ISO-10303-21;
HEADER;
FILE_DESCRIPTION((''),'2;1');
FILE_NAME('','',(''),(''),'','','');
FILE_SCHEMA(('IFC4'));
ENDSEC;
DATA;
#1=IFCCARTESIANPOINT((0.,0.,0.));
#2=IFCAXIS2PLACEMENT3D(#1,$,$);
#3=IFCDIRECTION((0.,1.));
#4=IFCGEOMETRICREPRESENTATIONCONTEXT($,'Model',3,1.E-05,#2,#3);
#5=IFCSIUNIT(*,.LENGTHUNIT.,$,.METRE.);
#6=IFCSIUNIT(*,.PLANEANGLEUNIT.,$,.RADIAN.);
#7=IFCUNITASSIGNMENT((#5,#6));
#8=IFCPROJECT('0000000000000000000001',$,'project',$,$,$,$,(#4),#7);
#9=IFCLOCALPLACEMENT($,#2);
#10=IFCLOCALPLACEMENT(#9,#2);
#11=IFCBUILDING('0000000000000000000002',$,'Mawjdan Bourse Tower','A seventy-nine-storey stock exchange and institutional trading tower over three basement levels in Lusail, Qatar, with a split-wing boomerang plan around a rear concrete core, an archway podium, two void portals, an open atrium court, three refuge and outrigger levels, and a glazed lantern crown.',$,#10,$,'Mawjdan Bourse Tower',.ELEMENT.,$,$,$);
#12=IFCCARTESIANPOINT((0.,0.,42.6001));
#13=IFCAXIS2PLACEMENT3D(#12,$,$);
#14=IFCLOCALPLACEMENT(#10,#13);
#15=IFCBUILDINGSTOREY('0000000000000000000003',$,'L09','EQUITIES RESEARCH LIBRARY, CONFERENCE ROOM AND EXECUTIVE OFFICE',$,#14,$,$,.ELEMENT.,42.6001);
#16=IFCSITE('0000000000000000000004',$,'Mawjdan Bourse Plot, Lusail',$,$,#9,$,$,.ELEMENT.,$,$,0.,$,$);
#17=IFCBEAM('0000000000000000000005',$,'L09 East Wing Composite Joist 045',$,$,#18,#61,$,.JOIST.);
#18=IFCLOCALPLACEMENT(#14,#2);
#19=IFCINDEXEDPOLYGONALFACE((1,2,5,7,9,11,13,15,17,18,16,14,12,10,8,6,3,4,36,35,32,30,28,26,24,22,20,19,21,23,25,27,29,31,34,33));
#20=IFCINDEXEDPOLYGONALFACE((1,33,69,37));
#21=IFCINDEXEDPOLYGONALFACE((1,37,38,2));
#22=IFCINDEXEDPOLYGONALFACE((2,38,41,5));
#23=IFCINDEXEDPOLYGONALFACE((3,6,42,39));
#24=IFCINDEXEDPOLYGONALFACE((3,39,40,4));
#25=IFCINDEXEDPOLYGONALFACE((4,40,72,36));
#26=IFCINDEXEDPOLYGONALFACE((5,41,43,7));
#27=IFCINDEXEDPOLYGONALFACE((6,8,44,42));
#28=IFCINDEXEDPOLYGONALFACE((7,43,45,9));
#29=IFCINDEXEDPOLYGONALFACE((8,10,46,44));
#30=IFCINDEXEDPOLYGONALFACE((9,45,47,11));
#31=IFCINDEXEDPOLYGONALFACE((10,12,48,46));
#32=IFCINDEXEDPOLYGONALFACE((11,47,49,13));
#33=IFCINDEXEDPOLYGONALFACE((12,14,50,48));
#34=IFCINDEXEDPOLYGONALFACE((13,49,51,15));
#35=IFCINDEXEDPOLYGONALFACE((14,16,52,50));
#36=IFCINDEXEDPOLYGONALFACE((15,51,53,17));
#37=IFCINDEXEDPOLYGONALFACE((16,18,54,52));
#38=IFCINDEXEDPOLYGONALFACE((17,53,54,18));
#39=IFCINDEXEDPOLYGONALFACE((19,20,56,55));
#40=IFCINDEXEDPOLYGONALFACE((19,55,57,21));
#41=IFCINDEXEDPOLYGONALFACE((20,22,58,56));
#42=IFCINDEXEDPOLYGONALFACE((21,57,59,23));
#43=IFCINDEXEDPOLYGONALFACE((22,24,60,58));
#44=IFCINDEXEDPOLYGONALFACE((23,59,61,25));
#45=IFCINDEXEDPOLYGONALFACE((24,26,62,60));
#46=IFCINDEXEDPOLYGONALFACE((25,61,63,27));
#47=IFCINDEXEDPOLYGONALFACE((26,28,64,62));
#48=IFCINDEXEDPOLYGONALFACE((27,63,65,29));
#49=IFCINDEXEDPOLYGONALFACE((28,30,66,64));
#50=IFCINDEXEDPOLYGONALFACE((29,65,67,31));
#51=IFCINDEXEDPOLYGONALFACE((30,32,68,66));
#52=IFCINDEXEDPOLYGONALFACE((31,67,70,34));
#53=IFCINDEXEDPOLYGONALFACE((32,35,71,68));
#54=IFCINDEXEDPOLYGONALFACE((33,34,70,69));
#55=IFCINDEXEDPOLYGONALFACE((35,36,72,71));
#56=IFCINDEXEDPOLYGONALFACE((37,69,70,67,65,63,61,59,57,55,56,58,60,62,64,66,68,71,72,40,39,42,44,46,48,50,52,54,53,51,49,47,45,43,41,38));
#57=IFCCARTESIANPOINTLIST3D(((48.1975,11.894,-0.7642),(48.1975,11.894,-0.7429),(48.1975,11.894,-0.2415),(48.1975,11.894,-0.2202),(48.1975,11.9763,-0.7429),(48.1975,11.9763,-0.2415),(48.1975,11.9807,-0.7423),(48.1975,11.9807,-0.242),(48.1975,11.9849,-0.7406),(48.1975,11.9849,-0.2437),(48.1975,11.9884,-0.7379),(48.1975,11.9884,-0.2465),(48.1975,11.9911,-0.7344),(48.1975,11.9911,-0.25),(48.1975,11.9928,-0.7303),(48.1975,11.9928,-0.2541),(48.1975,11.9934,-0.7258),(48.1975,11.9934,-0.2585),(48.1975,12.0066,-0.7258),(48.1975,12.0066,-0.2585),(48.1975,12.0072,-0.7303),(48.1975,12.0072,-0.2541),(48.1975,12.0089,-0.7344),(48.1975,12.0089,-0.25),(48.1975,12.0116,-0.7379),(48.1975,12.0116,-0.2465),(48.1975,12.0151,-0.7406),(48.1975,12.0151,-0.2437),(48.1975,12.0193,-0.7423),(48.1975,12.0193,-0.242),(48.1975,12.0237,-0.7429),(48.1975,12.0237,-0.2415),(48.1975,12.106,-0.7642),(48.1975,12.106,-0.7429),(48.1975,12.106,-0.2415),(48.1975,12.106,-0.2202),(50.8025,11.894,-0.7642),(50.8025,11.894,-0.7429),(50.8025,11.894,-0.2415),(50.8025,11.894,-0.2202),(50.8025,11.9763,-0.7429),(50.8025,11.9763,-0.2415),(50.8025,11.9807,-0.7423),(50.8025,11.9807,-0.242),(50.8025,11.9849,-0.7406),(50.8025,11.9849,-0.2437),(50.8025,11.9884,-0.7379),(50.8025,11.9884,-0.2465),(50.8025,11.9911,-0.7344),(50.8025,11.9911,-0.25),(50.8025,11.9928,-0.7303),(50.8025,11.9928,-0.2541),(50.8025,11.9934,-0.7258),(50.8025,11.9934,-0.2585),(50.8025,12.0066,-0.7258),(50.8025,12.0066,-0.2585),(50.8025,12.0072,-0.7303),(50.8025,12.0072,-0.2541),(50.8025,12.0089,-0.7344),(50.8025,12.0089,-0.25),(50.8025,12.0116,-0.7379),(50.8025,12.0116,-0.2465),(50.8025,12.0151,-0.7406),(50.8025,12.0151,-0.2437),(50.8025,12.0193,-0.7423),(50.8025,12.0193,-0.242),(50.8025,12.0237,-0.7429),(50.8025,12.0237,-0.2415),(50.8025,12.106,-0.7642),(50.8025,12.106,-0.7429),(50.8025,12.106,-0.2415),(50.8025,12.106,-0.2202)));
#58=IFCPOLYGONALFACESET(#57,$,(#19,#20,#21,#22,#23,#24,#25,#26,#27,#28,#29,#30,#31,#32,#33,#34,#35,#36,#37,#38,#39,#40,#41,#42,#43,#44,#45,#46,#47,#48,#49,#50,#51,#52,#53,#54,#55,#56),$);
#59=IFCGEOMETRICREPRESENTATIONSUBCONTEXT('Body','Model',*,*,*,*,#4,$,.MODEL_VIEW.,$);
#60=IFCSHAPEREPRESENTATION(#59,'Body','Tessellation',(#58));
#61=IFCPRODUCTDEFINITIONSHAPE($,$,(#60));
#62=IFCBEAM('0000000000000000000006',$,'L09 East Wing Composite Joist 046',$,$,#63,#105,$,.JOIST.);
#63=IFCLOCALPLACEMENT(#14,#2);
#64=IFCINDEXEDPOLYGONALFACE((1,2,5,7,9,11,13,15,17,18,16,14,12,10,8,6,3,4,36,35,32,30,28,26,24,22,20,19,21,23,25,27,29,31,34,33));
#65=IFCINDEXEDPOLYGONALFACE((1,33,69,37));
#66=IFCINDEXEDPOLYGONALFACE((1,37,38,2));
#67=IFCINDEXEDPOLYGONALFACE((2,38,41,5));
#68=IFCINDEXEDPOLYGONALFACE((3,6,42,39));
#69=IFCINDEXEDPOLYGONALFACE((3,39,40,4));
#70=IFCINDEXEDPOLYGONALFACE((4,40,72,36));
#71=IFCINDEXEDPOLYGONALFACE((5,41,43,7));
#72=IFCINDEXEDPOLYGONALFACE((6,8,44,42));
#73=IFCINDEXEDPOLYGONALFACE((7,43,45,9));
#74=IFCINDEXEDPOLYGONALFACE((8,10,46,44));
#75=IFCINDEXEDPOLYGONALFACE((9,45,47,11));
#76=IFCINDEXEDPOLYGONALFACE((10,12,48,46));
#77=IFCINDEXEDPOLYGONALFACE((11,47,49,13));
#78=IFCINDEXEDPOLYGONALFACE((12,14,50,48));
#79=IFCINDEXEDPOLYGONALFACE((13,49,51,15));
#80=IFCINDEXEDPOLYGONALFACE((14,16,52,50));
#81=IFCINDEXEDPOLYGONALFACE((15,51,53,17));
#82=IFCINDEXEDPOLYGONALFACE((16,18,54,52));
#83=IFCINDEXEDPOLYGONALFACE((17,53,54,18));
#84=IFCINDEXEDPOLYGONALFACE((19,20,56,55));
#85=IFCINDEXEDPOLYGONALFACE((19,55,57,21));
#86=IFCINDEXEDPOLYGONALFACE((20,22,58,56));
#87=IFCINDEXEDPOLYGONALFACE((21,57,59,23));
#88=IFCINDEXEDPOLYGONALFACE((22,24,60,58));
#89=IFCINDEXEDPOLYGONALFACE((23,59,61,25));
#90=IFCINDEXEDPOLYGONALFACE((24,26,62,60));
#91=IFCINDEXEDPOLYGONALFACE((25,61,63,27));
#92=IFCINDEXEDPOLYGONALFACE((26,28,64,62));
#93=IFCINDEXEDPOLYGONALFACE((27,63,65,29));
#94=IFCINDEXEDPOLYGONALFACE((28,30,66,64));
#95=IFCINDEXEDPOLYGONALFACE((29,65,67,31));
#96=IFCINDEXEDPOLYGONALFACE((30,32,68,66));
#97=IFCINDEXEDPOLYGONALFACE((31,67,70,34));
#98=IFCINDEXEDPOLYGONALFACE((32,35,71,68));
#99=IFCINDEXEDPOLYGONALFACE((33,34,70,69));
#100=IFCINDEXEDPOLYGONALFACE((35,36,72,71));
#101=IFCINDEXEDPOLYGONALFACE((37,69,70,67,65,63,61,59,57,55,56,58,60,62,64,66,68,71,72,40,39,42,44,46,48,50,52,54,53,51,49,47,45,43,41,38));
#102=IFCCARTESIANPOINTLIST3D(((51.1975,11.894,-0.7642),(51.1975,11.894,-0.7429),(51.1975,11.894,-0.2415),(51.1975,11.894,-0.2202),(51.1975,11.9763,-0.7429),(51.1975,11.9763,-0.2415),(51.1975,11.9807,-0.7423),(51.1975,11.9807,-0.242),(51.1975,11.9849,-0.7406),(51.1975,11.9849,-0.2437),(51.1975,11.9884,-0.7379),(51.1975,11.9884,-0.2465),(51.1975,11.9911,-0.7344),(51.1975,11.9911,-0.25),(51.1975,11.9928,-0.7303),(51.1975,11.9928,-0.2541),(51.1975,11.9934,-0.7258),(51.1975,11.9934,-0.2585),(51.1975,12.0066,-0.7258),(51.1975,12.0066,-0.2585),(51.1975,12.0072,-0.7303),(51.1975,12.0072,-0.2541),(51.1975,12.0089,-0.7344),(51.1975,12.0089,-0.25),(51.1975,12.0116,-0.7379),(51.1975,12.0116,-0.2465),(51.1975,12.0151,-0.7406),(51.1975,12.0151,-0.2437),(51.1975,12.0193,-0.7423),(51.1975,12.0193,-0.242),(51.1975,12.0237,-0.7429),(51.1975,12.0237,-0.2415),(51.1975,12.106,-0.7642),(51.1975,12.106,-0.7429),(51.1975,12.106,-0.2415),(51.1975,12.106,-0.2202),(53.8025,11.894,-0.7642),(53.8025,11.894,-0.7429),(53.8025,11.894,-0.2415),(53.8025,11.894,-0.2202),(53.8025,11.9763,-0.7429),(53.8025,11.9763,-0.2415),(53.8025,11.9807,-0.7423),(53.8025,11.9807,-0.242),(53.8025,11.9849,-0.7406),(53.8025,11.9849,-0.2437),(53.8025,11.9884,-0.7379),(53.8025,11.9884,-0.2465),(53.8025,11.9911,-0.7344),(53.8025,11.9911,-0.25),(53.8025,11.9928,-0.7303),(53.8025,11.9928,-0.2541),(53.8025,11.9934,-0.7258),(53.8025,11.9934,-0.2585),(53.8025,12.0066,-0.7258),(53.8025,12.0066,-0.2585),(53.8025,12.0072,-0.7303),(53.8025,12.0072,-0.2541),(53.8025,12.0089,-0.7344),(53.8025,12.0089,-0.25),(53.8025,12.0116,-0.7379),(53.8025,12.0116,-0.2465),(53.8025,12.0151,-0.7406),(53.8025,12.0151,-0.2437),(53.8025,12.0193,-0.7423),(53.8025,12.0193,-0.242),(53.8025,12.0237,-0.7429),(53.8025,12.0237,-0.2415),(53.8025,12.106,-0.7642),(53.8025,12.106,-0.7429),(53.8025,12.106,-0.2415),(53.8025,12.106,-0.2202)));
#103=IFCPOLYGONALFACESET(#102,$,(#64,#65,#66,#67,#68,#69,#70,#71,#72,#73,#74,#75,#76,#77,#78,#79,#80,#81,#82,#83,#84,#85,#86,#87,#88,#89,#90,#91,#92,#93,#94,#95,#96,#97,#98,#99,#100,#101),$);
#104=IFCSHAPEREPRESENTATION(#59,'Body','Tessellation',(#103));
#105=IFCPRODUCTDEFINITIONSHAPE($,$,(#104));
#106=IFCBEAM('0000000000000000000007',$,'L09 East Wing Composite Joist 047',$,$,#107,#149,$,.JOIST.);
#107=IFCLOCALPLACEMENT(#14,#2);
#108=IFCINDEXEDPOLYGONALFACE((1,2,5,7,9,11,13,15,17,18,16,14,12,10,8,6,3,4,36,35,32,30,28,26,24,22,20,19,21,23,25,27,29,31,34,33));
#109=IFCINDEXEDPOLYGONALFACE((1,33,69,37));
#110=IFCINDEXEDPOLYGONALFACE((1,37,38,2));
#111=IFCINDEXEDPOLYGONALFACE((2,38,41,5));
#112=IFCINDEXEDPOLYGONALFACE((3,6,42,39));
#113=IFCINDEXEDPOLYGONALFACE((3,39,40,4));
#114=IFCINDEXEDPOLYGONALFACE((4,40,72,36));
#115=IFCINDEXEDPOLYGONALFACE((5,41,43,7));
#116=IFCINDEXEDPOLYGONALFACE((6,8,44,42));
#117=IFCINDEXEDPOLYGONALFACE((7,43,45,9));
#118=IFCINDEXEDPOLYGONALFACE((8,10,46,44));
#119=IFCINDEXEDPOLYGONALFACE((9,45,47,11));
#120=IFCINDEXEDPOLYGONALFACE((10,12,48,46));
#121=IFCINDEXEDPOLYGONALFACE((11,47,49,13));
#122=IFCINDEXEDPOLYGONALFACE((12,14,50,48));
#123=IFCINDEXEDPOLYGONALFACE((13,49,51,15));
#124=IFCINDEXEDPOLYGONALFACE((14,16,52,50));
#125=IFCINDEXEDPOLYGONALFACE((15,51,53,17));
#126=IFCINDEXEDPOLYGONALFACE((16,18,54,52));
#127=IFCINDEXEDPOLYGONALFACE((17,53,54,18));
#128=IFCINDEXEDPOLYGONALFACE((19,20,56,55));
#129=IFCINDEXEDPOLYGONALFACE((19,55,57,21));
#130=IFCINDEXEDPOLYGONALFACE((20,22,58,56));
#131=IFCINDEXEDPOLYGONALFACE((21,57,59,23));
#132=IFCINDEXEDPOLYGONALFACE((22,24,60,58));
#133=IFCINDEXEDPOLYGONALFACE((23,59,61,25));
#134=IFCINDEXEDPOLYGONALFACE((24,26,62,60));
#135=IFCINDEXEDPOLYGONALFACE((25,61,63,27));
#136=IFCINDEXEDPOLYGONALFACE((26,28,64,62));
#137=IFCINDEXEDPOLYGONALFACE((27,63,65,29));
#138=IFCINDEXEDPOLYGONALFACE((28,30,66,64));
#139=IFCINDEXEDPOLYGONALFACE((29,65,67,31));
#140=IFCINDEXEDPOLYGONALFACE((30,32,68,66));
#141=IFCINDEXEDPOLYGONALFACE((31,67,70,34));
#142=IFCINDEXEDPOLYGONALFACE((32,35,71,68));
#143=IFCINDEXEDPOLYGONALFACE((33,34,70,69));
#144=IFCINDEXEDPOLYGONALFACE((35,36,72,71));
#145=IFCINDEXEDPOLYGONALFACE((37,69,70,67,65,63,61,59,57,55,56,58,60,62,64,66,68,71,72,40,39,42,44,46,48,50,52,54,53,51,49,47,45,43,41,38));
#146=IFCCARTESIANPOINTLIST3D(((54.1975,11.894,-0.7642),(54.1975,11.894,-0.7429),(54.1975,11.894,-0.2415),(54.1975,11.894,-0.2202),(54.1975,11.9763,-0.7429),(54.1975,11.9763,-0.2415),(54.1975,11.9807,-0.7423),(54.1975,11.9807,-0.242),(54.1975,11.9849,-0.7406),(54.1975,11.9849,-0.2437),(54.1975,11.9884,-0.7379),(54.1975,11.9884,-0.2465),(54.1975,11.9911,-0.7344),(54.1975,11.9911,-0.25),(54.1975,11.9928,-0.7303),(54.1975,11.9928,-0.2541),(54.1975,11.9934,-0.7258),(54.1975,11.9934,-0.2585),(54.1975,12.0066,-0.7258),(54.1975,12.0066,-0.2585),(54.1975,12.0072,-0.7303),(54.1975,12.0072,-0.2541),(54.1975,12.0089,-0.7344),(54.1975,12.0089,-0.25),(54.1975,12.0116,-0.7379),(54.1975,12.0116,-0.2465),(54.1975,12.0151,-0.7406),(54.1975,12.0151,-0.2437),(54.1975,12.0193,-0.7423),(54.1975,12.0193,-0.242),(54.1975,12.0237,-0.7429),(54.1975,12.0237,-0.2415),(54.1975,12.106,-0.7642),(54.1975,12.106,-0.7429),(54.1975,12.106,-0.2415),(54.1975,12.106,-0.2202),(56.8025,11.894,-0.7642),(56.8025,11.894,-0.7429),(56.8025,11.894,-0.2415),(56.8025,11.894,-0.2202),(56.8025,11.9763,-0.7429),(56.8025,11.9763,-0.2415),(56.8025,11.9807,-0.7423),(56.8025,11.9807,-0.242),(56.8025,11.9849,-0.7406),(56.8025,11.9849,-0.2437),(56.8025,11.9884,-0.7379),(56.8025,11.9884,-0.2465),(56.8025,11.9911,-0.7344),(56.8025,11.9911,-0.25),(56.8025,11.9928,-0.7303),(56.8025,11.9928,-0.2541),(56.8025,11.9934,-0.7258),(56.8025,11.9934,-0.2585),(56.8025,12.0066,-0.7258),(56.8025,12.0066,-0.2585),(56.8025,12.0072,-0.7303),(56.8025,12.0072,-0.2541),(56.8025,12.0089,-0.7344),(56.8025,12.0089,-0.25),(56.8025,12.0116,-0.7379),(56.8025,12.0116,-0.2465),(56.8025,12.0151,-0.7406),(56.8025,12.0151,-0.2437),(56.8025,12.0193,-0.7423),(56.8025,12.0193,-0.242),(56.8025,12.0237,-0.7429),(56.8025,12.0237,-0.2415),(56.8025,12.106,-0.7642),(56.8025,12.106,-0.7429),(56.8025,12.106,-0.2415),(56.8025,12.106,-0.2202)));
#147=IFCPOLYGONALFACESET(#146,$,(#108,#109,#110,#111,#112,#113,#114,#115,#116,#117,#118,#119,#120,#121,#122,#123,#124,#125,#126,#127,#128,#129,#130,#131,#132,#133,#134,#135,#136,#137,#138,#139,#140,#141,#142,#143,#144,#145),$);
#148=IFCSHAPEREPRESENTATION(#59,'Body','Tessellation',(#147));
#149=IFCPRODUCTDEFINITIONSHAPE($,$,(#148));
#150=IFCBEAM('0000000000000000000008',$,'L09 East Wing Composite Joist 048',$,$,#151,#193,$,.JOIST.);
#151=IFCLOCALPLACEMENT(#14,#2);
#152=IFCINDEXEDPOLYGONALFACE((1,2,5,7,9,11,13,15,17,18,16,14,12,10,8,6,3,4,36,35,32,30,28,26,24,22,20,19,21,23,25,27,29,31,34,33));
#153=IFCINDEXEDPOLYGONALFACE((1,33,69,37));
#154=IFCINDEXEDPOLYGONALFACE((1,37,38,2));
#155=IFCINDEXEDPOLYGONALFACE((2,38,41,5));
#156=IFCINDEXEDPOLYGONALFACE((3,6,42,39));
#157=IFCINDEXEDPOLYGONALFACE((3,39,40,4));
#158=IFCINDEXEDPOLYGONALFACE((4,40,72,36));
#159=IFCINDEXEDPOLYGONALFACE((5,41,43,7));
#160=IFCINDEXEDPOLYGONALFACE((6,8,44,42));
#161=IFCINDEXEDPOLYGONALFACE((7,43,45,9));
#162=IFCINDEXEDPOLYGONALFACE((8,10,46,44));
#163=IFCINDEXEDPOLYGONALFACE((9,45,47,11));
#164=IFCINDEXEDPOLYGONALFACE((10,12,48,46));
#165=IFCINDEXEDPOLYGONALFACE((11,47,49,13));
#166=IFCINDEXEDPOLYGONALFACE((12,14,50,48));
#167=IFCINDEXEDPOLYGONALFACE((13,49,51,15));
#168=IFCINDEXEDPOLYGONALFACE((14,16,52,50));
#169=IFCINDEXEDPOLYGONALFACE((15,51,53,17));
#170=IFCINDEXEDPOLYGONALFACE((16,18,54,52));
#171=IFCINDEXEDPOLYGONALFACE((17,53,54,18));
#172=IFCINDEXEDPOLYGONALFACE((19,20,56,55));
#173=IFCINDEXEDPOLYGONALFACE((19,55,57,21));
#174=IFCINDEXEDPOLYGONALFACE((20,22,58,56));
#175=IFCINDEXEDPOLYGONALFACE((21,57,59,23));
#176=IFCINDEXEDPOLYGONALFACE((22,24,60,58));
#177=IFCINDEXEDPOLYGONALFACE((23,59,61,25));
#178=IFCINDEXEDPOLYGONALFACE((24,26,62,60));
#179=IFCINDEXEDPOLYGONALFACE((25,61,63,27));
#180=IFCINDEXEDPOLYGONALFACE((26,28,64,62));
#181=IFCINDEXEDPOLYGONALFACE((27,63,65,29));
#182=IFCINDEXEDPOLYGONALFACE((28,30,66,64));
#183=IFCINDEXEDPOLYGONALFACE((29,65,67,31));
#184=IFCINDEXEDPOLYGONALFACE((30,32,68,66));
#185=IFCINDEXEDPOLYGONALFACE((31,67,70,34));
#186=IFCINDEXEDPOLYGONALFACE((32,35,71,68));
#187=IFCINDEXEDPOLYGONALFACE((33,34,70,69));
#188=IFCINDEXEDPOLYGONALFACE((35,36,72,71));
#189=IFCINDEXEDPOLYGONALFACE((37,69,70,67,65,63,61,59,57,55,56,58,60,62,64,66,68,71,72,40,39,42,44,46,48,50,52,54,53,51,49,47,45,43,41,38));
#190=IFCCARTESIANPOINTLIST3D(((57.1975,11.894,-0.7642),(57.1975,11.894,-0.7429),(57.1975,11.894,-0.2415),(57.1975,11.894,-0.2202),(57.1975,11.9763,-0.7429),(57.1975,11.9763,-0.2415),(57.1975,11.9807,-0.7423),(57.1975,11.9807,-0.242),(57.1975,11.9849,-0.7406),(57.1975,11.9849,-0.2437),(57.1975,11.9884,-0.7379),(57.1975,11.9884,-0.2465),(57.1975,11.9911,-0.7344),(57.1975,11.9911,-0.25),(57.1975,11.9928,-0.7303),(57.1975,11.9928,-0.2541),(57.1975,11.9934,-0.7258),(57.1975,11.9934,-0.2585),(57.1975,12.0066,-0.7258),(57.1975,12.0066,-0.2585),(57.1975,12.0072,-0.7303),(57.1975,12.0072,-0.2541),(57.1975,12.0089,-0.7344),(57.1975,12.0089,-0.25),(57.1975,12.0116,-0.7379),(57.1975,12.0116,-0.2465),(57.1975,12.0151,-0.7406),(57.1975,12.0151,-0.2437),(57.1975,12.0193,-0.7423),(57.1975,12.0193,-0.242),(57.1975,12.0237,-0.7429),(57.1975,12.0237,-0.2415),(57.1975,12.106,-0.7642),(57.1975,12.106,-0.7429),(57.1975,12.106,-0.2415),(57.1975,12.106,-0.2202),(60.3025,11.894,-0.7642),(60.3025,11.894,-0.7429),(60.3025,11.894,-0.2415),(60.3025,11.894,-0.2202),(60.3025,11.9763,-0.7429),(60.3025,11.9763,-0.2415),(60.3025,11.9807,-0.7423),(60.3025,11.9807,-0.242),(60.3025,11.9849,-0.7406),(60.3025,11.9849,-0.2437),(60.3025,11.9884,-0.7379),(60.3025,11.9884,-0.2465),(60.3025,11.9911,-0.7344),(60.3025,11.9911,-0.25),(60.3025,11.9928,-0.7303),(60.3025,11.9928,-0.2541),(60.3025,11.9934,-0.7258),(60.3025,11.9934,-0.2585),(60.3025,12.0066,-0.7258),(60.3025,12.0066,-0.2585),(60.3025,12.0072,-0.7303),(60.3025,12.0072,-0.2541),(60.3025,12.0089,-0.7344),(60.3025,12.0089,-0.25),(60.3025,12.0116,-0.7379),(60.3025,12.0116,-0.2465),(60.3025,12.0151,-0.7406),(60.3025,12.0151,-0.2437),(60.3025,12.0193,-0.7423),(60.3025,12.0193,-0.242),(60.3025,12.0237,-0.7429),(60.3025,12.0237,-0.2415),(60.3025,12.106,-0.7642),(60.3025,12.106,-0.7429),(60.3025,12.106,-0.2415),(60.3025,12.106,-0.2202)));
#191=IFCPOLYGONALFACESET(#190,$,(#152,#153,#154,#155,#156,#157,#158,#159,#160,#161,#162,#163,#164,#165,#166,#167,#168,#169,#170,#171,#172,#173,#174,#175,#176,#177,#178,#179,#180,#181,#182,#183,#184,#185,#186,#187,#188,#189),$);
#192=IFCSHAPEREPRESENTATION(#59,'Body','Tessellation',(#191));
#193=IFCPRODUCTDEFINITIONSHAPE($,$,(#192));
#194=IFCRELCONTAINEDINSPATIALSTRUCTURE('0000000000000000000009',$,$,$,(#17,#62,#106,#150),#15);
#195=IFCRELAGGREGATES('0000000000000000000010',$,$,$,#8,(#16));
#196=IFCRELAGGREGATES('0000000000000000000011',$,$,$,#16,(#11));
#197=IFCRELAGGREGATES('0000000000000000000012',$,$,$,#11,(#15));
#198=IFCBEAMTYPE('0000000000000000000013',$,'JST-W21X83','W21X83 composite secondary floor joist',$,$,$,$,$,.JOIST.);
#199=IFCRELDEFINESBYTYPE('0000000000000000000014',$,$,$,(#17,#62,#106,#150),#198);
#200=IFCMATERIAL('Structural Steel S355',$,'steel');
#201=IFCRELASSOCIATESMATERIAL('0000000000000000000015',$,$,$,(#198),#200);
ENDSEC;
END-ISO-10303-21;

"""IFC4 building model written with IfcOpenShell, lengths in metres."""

from ifc_helpers import new_model, si_unit, direction, frame, origin, origin_2d, place, context, subcontext, project, spatial, i_section, extrude, material, material_profile, profile_set, type_object, element, save


model = new_model("IFC4")

# Units and contexts
model_context = context("Model", 3, precision=1e-05, world=origin(), true_north=direction((0.0, 1.0)))
body_context = subcontext(model_context, "Body", "Model", "MODEL_VIEW")
ifc_project = project(units=[si_unit("LENGTHUNIT", "METRE"), si_unit("PLANEANGLEUNIT", "RADIAN")], contexts=[model_context])

# Site, building, storey
site_placement = place(None, origin())
site = spatial("IfcSite", under=ifc_project, at=site_placement, Name="Mawjdan Bourse Plot, Lusail", CompositionType="ELEMENT", RefElevation=0.0)
building_placement = place(site_placement, origin())
building = spatial("IfcBuilding", under=site, at=building_placement, Name="Mawjdan Bourse Tower", Description="A seventy-nine-storey stock exchange and institutional trading tower over three basement levels in Lusail, Qatar, with a split-wing boomerang plan around a rear concrete core, an archway podium, two void portals, an open atrium court, three refuge and outrigger levels, and a glazed lantern crown.", LongName="Mawjdan Bourse Tower", CompositionType="ELEMENT")
storey_placement = place(building_placement, frame((0.0, 0.0, 42.6001)))
storey = spatial("IfcBuildingStorey", under=building, at=storey_placement, Name="L09", Description="EQUITIES RESEARCH LIBRARY, CONFERENCE ROOM AND EXECUTIVE OFFICE", CompositionType="ELEMENT", Elevation=42.6001)

# Beams
ifc_material_1 = material(Name="Structural Steel S355", Category="steel")
ifc_material_profile_1 = material_profile(ifc_material_1, i_section(OverallWidth=0.2119, OverallDepth=0.5439, WebThickness=0.0132, FlangeThickness=0.0212, FilletRadius=0.0171, at=origin_2d()), Name="W21X83")
ifc_profile_set_1 = profile_set([ifc_material_profile_1], Name="Structural Steel S355")
beam_type_1 = type_object("IfcBeamType", Name="JST-W21X83", Description="W21X83 composite secondary floor joist", PredefinedType="JOIST", material=ifc_profile_set_1)
for number, where, z_axis, x_axis, name in (
    (1, (48.1975, 12.0, -0.4922), (1.0, 0.0, 0.0), (0.0, 1.0, 0.0), "L09 East Wing Composite Joist 045"),
    (2, (51.1975, 12.0, -0.4922), (1.0, 0.0, 0.0), (0.0, 1.0, 0.0), "L09 East Wing Composite Joist 046"),
    (3, (54.1975, 12.0, -0.4922), (1.0, 0.0, 0.0), (0.0, 1.0, 0.0), "L09 East Wing Composite Joist 047"),
):
    element("IfcBeam", number, at=place(storey_placement, frame(where, z_axis=z_axis, x_axis=x_axis)), inside=storey, type_object=beam_type_1, Name=name, PredefinedType="JOIST", context=body_context, shape_type="SweptSolid", body=[
        extrude(i_section(OverallWidth=0.2119, OverallDepth=0.5439, WebThickness=0.0132, FlangeThickness=0.0212, FilletRadius=0.0171, at=origin_2d()), origin(), (0.0, 0.0, 1.0), 2.605),
    ])
beam_1_placement = place(storey_placement, frame((57.1975, 12.0, -0.4922), z_axis=(1.0, 0.0, 0.0), x_axis=(0.0, 1.0, 0.0)))
element("IfcBeam", 4, at=beam_1_placement, inside=storey, type_object=beam_type_1, Name="L09 East Wing Composite Joist 048", PredefinedType="JOIST", context=body_context, shape_type="SweptSolid", body=[
    extrude(i_section(OverallWidth=0.2119, OverallDepth=0.5439, WebThickness=0.0132, FlangeThickness=0.0212, FilletRadius=0.0171, at=origin_2d()), origin(), (0.0, 0.0, 1.0), 3.105),
])

save(model, "model.ifc")
